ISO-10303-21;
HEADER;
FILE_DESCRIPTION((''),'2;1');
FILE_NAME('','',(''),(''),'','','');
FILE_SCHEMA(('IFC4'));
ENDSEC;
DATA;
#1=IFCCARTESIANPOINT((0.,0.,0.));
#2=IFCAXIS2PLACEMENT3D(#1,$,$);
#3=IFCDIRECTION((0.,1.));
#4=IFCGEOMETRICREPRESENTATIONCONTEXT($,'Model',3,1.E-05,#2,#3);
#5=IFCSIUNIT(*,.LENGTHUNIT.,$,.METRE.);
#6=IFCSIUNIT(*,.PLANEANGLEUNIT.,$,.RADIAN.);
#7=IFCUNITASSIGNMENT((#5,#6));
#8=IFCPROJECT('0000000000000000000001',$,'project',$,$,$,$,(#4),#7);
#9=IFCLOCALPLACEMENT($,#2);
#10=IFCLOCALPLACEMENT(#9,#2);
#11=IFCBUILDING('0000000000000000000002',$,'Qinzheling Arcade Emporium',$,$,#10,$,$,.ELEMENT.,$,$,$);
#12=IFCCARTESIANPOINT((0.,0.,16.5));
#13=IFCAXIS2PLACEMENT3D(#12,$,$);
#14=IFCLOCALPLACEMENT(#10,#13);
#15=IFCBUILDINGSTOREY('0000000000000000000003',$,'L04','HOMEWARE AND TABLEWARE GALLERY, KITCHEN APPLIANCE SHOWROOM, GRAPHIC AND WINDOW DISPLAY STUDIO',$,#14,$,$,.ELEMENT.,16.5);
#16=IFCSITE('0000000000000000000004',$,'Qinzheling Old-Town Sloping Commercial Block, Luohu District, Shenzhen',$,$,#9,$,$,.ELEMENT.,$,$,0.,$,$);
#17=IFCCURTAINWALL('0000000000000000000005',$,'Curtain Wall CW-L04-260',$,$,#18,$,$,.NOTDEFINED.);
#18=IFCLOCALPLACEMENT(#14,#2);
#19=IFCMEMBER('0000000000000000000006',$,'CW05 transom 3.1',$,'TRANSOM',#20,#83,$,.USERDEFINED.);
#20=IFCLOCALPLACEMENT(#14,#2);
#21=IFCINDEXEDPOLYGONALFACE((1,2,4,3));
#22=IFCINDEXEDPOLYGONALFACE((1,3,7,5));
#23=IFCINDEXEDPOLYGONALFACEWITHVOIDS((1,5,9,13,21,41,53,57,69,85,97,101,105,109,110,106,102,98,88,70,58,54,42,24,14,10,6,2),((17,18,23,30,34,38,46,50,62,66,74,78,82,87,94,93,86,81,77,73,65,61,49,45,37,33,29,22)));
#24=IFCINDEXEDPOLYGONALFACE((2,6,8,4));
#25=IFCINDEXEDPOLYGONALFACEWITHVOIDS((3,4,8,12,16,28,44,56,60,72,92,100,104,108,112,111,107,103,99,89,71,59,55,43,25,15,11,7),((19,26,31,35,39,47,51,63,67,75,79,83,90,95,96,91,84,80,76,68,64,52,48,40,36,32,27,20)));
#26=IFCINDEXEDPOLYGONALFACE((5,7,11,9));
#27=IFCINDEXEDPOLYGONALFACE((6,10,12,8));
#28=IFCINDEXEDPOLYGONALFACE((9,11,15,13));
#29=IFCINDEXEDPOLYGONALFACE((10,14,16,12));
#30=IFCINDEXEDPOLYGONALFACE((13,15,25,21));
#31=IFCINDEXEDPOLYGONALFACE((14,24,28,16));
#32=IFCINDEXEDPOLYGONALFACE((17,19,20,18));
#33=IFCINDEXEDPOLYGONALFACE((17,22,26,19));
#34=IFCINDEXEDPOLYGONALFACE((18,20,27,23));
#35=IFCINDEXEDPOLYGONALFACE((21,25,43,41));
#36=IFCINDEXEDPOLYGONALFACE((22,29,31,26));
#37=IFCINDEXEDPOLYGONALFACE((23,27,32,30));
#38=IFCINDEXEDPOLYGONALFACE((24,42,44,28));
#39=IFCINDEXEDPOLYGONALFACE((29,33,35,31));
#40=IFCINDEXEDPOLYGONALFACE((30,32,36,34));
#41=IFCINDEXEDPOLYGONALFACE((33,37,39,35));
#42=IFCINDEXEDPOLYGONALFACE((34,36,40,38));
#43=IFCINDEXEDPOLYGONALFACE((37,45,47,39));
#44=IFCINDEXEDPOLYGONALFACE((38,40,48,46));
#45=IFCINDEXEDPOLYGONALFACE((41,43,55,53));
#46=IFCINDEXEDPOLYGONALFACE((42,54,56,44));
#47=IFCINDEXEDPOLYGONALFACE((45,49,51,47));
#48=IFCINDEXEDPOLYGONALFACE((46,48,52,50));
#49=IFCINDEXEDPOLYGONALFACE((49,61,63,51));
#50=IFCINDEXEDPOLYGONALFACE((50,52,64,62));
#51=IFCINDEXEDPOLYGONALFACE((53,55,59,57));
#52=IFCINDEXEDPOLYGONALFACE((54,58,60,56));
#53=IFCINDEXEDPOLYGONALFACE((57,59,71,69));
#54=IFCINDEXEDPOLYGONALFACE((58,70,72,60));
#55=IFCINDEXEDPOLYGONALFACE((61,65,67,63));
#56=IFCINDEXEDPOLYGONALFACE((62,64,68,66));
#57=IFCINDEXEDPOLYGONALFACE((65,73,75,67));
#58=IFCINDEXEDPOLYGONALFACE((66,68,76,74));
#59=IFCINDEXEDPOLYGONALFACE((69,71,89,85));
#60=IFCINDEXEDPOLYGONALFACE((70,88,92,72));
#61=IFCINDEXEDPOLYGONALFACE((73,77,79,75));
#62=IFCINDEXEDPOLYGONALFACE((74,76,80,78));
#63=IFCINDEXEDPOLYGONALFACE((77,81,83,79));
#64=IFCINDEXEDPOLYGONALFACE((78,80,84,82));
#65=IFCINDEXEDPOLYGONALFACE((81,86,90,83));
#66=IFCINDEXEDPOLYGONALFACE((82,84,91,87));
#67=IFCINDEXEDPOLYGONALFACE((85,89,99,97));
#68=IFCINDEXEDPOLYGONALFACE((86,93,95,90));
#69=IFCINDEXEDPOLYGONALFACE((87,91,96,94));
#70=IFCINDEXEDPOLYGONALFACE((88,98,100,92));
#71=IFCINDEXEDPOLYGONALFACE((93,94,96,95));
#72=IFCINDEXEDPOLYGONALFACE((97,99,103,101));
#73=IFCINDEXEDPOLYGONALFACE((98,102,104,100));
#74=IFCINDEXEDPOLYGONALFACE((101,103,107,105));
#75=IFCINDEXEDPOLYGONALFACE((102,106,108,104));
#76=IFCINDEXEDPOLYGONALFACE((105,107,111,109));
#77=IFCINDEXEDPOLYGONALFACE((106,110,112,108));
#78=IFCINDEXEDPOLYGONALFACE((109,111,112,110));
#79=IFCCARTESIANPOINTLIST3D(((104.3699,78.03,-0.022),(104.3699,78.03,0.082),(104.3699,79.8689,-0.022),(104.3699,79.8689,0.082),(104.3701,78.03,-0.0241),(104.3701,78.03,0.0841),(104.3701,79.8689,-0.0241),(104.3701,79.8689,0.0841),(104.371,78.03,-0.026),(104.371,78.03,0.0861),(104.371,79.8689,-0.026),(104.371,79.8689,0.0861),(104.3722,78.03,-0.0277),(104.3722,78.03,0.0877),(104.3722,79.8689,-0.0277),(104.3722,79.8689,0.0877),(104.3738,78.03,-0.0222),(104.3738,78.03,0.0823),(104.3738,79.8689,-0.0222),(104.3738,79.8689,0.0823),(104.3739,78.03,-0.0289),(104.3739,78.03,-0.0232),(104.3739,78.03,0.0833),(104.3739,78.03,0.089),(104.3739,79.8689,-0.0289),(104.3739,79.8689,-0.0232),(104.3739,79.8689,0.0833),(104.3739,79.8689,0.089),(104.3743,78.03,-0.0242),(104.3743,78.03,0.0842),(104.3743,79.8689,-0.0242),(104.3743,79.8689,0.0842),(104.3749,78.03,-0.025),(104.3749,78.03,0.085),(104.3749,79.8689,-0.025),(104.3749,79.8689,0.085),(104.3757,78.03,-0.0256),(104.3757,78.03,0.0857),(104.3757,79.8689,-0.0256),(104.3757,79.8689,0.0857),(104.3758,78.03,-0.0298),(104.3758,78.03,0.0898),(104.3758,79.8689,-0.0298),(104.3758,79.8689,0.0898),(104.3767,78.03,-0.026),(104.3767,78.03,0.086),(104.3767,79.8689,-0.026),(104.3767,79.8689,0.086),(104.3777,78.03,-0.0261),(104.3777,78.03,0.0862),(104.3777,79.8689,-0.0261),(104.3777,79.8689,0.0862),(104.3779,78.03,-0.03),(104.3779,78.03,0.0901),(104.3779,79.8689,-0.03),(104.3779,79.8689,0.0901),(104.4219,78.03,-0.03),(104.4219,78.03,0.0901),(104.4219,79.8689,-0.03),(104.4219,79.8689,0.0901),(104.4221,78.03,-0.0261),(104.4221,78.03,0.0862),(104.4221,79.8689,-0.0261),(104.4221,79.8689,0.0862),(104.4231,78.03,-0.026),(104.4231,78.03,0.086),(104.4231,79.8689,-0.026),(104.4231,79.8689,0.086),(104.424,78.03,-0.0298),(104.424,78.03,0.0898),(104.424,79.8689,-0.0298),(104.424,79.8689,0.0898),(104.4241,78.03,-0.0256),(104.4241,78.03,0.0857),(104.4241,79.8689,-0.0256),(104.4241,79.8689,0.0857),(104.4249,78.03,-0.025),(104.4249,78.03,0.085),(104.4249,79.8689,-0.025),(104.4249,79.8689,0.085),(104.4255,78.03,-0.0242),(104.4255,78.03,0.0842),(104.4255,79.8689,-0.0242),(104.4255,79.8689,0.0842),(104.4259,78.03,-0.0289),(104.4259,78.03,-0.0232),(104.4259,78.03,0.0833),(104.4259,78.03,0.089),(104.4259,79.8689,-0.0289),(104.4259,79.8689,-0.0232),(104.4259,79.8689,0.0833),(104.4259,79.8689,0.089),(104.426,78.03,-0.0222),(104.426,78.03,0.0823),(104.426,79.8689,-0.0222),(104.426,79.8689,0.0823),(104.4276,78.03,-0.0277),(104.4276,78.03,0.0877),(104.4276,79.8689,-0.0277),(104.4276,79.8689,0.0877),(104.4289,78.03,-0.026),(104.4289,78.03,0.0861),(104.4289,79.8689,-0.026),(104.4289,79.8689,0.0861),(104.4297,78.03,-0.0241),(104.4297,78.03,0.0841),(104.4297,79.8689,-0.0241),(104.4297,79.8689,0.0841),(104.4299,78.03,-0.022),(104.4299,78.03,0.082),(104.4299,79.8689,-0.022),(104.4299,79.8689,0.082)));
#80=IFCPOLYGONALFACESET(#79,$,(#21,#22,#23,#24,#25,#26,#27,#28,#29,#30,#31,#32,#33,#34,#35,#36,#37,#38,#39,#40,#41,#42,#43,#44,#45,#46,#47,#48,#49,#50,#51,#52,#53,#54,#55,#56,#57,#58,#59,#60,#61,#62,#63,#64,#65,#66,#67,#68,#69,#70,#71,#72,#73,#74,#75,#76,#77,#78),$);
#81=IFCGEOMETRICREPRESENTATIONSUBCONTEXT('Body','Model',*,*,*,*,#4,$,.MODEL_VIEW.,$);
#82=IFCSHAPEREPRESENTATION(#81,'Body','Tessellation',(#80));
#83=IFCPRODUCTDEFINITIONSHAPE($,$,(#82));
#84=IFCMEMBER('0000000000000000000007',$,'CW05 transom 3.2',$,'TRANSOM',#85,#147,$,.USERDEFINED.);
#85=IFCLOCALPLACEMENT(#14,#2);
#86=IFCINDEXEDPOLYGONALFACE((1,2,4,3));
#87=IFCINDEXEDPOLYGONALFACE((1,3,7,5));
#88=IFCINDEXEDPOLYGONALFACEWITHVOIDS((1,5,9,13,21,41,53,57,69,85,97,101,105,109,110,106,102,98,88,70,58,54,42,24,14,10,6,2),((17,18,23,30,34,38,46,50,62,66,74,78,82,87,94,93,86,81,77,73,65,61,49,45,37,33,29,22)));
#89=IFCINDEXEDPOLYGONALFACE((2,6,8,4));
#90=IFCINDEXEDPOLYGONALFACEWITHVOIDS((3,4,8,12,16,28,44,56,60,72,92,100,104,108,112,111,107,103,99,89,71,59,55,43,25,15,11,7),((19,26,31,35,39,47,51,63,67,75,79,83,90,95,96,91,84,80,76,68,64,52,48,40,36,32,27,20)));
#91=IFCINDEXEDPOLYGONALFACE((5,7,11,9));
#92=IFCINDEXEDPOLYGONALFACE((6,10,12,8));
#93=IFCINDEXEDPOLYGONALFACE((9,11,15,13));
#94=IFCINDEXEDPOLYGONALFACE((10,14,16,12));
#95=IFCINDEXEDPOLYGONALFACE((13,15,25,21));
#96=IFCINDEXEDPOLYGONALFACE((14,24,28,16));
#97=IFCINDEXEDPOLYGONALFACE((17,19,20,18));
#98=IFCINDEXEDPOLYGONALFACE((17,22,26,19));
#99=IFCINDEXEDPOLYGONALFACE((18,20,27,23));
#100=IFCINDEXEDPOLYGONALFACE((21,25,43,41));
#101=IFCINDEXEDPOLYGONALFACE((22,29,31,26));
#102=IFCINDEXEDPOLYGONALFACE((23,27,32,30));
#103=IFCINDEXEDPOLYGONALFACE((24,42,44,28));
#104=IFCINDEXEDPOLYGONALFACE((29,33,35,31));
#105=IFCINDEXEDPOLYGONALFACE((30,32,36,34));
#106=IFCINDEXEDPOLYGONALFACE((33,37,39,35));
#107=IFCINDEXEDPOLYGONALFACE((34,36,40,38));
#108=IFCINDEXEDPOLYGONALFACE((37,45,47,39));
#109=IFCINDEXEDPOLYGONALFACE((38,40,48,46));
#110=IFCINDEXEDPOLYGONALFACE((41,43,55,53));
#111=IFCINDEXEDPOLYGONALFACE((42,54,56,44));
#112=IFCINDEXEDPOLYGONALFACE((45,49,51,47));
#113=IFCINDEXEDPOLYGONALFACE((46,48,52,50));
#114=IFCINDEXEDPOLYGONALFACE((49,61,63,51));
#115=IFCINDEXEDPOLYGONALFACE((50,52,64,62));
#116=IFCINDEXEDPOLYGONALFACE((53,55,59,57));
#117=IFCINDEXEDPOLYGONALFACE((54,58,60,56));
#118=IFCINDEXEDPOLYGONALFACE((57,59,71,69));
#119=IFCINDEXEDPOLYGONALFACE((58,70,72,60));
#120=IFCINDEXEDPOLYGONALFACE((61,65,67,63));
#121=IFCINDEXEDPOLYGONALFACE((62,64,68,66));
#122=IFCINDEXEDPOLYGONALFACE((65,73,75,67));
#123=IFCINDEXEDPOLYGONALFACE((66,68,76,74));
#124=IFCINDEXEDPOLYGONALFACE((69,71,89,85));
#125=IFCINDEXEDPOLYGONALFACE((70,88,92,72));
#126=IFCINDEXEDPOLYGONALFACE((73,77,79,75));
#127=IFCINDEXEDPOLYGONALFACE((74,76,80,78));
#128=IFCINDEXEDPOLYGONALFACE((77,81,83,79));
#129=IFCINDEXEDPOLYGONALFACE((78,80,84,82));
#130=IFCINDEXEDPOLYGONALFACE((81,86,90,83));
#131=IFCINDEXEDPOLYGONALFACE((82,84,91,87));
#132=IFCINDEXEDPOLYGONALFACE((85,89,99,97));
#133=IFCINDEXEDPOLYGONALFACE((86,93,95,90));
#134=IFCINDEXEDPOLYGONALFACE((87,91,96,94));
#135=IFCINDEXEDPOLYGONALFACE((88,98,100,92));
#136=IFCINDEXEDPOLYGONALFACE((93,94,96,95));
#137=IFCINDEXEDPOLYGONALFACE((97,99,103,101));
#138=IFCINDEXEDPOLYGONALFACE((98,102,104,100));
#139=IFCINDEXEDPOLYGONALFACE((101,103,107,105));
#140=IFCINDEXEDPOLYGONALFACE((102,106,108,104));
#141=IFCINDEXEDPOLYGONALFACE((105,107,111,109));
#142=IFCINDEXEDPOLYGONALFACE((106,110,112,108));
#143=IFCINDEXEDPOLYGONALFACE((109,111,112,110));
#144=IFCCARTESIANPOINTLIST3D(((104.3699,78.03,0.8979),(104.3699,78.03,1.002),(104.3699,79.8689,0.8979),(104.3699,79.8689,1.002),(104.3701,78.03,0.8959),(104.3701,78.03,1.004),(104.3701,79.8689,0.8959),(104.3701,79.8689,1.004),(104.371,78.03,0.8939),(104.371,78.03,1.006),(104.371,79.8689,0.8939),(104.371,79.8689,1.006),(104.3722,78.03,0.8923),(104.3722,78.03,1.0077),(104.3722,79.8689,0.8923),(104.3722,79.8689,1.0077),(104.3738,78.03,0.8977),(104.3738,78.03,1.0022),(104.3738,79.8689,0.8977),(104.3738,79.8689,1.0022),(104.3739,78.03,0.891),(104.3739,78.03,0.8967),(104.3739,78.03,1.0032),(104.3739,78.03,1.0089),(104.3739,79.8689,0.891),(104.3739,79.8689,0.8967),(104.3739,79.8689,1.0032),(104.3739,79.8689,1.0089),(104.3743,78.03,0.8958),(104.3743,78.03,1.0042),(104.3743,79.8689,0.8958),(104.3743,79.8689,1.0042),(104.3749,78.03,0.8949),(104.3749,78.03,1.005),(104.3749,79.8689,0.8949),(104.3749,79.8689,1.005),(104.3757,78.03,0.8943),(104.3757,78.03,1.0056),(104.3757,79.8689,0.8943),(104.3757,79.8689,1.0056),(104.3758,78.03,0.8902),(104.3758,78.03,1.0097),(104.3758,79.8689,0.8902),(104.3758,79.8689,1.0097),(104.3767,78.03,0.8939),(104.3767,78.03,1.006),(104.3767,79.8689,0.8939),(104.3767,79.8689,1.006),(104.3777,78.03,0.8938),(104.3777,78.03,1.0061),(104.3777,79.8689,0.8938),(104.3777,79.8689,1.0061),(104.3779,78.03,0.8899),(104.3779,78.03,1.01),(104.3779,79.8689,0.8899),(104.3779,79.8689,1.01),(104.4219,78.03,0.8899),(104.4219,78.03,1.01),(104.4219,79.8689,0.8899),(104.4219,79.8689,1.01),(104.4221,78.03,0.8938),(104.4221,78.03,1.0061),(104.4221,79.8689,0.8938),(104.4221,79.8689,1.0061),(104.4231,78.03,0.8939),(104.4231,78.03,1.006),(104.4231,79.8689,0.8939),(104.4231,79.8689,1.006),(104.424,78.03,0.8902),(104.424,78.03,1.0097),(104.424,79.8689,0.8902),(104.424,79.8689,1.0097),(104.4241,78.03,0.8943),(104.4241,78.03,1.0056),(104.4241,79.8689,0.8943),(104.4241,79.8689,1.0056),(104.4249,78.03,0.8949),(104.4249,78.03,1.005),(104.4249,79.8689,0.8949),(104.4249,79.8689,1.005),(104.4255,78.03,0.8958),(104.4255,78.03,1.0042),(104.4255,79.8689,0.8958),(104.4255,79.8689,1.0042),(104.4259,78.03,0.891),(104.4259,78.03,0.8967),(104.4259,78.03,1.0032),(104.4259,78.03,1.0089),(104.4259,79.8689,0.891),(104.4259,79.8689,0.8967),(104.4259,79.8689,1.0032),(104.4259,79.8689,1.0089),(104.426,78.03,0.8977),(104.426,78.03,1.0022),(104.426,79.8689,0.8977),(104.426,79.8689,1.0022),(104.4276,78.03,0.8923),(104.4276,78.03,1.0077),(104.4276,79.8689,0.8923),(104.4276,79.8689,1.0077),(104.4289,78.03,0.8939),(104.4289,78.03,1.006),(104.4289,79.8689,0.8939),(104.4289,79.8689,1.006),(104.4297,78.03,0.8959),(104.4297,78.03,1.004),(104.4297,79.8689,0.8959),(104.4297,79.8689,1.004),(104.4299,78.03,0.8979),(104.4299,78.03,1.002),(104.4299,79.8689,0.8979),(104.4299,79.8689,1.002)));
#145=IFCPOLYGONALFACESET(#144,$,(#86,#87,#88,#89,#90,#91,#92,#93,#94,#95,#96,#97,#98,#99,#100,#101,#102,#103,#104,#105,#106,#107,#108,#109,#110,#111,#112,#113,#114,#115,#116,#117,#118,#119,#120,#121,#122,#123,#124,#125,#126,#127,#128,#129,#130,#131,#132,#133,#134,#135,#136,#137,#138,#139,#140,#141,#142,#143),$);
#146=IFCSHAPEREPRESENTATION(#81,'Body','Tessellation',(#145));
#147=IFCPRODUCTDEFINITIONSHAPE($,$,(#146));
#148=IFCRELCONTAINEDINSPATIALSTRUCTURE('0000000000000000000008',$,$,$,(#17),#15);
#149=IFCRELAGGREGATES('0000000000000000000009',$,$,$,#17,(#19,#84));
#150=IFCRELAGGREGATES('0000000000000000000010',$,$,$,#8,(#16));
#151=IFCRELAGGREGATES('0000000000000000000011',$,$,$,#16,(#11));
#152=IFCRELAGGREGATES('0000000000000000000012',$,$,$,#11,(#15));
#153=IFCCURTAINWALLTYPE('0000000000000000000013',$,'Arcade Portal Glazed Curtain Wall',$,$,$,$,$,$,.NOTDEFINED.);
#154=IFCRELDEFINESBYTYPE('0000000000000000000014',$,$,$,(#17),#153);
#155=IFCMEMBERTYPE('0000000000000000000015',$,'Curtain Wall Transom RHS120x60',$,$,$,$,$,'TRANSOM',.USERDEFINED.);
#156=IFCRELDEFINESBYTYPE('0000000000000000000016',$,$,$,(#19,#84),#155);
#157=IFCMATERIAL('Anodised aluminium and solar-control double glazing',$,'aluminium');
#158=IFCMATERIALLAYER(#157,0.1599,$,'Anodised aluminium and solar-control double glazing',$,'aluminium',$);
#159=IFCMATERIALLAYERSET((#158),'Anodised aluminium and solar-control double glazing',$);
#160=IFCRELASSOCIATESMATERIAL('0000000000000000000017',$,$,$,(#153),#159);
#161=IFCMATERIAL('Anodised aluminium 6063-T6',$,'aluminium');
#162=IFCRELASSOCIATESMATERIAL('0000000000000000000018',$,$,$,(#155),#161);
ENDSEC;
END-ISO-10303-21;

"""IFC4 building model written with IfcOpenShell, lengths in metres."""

from ifc_helpers import new_model, si_unit, direction, frame, origin, origin_2d, place, context, subcontext, project, spatial, hollow_rectangle, extrude, material, layer, layer_set, material_profile, profile_set, type_object, element, aggregate, save


model = new_model("IFC4")

# Units and contexts
model_context = context("Model", 3, precision=1e-05, world=origin(), true_north=direction((0.0, 1.0)))
body_context = subcontext(model_context, "Body", "Model", "MODEL_VIEW")
ifc_project = project(units=[si_unit("LENGTHUNIT", "METRE"), si_unit("PLANEANGLEUNIT", "RADIAN")], contexts=[model_context])

# Site, building, storey
site_placement = place(None, origin())
site = spatial("IfcSite", under=ifc_project, at=site_placement, Name="Qinzheling Old-Town Sloping Commercial Block, Luohu District, Shenzhen", CompositionType="ELEMENT", RefElevation=0.0)
building_placement = place(site_placement, origin())
building = spatial("IfcBuilding", under=site, at=building_placement, Name="Qinzheling Arcade Emporium", CompositionType="ELEMENT")
storey_placement = place(building_placement, frame((0.0, 0.0, 16.5)))
storey = spatial("IfcBuildingStorey", under=building, at=storey_placement, Name="L04", Description="HOMEWARE AND TABLEWARE GALLERY, KITCHEN APPLIANCE SHOWROOM, GRAPHIC AND WINDOW DISPLAY STUDIO", CompositionType="ELEMENT", Elevation=16.5)

# Curtain wall
ifc_material_1 = material(Name="Anodised aluminium and solar-control double glazing", Category="aluminium")
ifc_layer_1 = layer(ifc_material_1, 0.1599, Name="Anodised aluminium and solar-control double glazing", Category="aluminium")
ifc_layer_set_1 = layer_set([ifc_layer_1], Name="Anodised aluminium and solar-control double glazing")
curtain_wall_type = type_object("IfcCurtainWallType", Name="Arcade Portal Glazed Curtain Wall", PredefinedType="NOTDEFINED", material=ifc_layer_set_1)
curtain_wall_1_placement = place(storey_placement, origin())
curtain_wall_1 = element("IfcCurtainWall", 1, at=curtain_wall_1_placement, inside=storey, type_object=curtain_wall_type, Name="Curtain Wall CW-L04-260", PredefinedType="NOTDEFINED")
ifc_material_2 = material(Name="Anodised aluminium 6063-T6", Category="aluminium")

# Members
ifc_material_profile_1 = material_profile(ifc_material_2, hollow_rectangle(XDim=0.0601, YDim=0.1201, WallThickness=0.0039, InnerFilletRadius=0.0039, OuterFilletRadius=0.0081, at=origin_2d()), Name="RHS 120x60x4", Category="aluminium")
ifc_profile_set_1 = profile_set([ifc_material_profile_1], Name="Anodised aluminium 6063-T6")
member_type_1 = type_object("IfcMemberType", Name="Curtain Wall Transom RHS120x60", ElementType="TRANSOM", PredefinedType="USERDEFINED", material=ifc_profile_set_1)
member_1_placement = place(storey_placement, frame((104.3999, 78.03, 0.03), z_axis=(0.0, 1.0, 0.0), x_axis=(-1.0, 0.0, 0.0)))
member_1 = element("IfcMember", 2, at=member_1_placement, type_object=member_type_1, Name="CW05 transom 3.1", ObjectType="TRANSOM", PredefinedType="USERDEFINED", context=body_context, shape_type="SweptSolid", body=[
    extrude(hollow_rectangle(XDim=0.0601, YDim=0.1201, WallThickness=0.0039, InnerFilletRadius=0.0039, OuterFilletRadius=0.0081, at=origin_2d()), origin(), (0.0, 0.0, 1.0), 1.8389),
])
member_2_placement = place(storey_placement, frame((104.3999, 78.03, 0.95), z_axis=(0.0, 1.0, 0.0), x_axis=(-1.0, 0.0, 0.0)))
member_2 = element("IfcMember", 3, at=member_2_placement, type_object=member_type_1, Name="CW05 transom 3.2", ObjectType="TRANSOM", PredefinedType="USERDEFINED", context=body_context, shape_type="SweptSolid", body=[
    extrude(hollow_rectangle(XDim=0.0601, YDim=0.1201, WallThickness=0.0039, InnerFilletRadius=0.0039, OuterFilletRadius=0.0081, at=origin_2d()), origin(), (0.0, 0.0, 1.0), 1.8389),
])

aggregate(curtain_wall_1, [member_1, member_2])

save(model, "model.ifc")
